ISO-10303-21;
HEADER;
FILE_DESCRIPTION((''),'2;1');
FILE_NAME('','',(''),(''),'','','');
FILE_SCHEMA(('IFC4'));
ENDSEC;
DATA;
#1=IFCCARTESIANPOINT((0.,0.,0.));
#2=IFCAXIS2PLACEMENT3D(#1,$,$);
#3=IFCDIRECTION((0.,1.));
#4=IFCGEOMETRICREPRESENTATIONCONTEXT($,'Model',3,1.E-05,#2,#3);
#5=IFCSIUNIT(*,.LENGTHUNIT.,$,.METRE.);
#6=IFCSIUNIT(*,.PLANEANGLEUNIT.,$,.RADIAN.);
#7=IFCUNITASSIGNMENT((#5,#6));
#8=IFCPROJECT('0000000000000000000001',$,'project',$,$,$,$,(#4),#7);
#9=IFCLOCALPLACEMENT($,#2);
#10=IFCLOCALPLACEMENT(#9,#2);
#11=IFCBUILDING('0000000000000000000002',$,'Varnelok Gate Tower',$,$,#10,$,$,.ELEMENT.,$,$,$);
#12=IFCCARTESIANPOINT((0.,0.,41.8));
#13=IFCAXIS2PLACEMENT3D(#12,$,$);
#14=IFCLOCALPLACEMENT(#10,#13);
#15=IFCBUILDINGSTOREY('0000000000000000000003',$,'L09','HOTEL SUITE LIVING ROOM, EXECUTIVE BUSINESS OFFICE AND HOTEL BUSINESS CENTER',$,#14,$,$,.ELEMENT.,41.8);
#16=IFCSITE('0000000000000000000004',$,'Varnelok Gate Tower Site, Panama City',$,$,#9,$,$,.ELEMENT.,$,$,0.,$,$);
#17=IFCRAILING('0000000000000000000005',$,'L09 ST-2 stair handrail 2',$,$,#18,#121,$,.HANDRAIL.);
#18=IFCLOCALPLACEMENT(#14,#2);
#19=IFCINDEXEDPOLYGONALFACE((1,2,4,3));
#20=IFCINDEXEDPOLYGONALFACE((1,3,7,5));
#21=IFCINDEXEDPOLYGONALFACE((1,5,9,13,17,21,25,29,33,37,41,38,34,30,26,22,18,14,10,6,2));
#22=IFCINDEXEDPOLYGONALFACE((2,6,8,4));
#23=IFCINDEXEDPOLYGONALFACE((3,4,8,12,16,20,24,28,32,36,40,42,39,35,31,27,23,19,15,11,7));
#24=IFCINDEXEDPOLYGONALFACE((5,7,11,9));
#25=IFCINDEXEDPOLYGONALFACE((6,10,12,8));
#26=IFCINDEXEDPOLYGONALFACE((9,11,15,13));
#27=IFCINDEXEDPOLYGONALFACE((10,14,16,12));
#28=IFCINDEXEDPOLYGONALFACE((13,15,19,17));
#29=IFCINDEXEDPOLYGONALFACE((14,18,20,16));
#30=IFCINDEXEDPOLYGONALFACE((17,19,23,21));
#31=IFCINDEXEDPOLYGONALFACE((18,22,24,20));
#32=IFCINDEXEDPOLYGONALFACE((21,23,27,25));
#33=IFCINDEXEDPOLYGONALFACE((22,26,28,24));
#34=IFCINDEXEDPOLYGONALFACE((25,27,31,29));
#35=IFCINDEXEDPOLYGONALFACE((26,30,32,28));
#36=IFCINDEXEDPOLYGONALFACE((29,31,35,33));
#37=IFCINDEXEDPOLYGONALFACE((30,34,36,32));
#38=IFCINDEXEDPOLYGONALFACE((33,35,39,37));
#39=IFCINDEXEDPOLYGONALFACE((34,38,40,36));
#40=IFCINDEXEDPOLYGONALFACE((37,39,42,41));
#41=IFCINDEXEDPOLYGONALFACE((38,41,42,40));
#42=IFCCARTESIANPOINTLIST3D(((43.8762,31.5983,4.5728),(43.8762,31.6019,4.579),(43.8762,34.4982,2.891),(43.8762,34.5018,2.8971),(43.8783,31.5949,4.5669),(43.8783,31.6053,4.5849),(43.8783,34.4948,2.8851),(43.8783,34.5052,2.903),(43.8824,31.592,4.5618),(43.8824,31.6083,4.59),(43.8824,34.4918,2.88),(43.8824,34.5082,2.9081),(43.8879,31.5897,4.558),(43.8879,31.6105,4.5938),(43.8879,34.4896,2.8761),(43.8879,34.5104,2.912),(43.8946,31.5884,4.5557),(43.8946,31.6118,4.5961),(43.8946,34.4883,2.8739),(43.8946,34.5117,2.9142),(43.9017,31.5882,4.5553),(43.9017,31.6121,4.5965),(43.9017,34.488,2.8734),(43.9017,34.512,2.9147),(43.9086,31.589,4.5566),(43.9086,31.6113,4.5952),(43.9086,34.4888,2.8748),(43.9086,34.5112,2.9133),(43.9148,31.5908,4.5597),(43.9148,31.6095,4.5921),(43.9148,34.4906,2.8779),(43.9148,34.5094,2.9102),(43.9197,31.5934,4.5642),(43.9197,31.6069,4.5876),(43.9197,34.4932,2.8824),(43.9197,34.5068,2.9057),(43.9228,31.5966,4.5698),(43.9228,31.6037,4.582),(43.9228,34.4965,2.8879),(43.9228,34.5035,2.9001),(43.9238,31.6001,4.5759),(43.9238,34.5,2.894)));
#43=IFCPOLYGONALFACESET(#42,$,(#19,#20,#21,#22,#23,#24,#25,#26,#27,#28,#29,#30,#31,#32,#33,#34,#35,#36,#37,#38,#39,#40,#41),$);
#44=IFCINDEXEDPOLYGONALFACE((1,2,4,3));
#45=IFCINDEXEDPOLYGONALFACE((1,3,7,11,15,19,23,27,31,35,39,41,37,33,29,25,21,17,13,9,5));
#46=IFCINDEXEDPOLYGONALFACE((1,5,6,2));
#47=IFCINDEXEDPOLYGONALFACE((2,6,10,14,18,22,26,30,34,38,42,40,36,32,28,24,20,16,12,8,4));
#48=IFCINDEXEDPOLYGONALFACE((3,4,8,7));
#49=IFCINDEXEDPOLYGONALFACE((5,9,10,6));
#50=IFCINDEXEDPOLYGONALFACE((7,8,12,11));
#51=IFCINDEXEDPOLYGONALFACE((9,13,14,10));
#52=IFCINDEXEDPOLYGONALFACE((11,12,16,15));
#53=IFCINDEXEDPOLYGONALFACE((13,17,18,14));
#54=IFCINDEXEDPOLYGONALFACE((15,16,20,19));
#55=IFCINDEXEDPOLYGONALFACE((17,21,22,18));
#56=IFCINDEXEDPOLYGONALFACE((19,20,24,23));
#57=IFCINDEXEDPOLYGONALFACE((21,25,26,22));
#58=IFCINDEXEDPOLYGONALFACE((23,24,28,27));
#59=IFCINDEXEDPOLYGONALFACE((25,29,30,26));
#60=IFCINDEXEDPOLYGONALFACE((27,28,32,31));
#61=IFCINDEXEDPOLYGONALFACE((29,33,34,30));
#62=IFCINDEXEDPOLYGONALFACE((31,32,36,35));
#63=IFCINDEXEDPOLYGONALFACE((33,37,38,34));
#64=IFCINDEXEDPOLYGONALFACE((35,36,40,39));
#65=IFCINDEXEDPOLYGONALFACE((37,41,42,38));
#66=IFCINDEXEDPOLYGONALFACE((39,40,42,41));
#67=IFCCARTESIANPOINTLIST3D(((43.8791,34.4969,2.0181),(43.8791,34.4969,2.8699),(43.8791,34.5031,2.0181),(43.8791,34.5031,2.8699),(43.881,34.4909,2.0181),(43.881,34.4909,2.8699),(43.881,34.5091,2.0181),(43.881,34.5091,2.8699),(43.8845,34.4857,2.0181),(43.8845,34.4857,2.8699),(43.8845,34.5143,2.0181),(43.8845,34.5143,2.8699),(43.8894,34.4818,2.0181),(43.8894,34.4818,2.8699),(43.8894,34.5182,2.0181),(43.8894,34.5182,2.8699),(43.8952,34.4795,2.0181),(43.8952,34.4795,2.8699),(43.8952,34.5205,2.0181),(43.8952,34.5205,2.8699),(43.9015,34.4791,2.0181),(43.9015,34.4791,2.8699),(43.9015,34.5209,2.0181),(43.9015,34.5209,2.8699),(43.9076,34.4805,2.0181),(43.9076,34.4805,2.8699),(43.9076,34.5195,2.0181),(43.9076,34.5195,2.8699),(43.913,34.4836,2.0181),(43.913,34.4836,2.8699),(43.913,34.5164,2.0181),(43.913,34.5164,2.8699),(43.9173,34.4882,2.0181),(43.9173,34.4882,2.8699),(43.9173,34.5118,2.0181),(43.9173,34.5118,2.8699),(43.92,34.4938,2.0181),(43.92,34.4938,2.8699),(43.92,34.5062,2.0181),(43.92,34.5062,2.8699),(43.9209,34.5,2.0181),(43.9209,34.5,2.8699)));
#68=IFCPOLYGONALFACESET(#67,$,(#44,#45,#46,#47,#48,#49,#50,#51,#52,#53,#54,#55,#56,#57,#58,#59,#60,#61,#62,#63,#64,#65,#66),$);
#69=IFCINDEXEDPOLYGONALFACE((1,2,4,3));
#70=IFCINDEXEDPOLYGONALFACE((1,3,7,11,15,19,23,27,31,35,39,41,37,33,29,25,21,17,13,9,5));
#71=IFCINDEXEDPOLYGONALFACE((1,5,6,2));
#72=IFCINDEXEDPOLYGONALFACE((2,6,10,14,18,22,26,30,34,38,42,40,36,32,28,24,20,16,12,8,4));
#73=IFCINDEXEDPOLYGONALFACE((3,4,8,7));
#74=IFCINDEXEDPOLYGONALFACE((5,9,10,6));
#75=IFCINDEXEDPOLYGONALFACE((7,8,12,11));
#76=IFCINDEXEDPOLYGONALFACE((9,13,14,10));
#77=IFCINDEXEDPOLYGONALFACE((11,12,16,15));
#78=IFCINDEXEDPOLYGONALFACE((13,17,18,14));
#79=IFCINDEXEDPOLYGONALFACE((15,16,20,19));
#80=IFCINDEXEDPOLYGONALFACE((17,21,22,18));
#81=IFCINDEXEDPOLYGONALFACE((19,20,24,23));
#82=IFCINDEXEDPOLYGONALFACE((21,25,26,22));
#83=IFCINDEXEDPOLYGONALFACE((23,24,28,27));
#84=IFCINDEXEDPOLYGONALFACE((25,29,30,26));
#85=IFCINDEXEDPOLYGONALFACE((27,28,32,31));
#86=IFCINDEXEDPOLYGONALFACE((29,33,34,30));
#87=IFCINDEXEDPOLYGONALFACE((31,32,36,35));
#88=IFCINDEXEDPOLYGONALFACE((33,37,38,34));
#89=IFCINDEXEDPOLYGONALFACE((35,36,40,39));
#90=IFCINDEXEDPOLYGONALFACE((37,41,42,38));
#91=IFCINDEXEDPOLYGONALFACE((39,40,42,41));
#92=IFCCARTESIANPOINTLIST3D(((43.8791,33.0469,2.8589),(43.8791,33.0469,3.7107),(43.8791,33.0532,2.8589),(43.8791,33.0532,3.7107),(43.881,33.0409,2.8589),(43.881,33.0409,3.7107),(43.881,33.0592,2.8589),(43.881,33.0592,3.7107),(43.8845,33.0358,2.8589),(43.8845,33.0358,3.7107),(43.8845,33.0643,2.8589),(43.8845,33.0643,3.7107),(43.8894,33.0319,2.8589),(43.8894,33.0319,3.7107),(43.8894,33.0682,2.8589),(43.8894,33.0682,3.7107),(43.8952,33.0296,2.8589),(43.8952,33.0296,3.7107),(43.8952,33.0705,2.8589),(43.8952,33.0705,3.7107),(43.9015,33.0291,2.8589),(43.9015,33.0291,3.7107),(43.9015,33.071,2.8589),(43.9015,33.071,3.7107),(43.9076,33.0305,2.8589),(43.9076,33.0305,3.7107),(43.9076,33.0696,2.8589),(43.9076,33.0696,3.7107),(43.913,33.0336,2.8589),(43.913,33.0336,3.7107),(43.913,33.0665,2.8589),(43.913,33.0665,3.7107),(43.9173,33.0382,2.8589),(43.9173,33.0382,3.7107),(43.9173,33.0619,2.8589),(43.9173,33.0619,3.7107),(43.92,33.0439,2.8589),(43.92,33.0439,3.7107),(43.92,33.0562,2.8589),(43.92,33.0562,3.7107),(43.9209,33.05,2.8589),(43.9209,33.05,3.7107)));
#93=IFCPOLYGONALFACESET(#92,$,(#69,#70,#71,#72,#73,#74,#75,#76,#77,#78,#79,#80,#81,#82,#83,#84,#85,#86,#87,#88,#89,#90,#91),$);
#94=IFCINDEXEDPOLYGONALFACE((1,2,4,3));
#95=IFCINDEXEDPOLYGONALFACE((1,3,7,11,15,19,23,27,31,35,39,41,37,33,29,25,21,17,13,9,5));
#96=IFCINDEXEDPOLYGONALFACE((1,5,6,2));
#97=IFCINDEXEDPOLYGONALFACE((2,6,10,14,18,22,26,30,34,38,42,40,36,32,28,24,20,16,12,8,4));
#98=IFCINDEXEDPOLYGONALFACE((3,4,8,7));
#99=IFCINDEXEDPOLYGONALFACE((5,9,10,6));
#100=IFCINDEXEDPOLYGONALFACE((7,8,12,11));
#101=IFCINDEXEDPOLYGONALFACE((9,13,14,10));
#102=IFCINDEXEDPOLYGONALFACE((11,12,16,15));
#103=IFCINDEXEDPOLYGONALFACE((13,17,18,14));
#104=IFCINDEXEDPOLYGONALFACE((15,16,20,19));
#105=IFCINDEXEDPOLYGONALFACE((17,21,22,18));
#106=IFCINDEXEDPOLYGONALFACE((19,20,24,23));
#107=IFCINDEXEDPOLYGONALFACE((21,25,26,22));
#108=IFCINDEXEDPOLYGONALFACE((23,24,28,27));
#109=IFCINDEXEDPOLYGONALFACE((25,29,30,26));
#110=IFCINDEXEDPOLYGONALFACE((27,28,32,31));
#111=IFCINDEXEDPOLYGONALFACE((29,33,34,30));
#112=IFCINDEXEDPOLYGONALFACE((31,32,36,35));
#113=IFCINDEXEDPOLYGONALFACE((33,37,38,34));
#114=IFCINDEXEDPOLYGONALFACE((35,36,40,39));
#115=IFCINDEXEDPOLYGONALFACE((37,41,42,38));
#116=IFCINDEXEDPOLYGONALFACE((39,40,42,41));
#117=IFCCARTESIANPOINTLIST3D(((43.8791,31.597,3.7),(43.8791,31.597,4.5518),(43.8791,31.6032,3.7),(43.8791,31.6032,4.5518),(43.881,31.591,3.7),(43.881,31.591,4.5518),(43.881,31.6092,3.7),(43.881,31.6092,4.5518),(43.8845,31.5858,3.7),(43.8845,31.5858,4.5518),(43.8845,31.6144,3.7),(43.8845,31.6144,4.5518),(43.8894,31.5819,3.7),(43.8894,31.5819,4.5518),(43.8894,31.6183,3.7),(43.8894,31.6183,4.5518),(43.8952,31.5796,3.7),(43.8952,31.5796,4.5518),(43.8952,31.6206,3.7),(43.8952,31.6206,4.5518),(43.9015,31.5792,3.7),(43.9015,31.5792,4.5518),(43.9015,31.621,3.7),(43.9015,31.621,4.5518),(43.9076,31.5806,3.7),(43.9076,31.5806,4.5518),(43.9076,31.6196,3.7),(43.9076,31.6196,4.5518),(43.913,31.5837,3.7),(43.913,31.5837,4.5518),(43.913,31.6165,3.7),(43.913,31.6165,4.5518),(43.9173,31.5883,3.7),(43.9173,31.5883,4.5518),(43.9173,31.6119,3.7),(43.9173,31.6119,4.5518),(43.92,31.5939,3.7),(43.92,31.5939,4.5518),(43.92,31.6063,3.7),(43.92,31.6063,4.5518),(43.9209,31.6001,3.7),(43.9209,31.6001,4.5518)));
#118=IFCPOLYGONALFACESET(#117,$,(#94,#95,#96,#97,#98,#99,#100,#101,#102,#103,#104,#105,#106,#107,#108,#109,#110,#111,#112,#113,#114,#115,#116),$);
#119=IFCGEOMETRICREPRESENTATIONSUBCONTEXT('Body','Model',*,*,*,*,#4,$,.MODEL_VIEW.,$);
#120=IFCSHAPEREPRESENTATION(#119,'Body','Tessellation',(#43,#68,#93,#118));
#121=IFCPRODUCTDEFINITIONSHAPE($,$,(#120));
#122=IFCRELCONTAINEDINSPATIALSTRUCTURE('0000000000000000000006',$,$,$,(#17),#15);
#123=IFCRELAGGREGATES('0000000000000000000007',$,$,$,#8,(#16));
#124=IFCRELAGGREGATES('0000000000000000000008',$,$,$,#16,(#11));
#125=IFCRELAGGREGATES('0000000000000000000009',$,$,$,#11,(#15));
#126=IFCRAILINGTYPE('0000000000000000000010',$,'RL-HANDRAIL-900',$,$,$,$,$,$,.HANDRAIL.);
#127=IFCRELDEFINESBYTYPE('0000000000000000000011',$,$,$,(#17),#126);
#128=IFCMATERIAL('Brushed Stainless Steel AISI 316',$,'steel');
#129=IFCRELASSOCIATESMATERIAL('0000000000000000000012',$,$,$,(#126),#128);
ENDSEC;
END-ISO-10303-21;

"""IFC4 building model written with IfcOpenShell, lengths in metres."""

from ifc_helpers import new_model, si_unit, direction, frame, origin, origin_2d, place, context, subcontext, project, spatial, circle, extrude, material, type_object, element, save


model = new_model("IFC4")

# Units and contexts
model_context = context("Model", 3, precision=1e-05, world=origin(), true_north=direction((0.0, 1.0)))
body_context = subcontext(model_context, "Body", "Model", "MODEL_VIEW")
ifc_project = project(units=[si_unit("LENGTHUNIT", "METRE"), si_unit("PLANEANGLEUNIT", "RADIAN")], contexts=[model_context])

# Site, building, storey
site_placement = place(None, origin())
site = spatial("IfcSite", under=ifc_project, at=site_placement, Name="Varnelok Gate Tower Site, Panama City", CompositionType="ELEMENT", RefElevation=0.0)
building_placement = place(site_placement, origin())
building = spatial("IfcBuilding", under=site, at=building_placement, Name="Varnelok Gate Tower", CompositionType="ELEMENT")
storey_placement = place(building_placement, frame((0.0, 0.0, 41.8)))
storey = spatial("IfcBuildingStorey", under=building, at=storey_placement, Name="L09", Description="HOTEL SUITE LIVING ROOM, EXECUTIVE BUSINESS OFFICE AND HOTEL BUSINESS CENTER", CompositionType="ELEMENT", Elevation=41.8)

# Railing
ifc_material_1 = material(Name="Brushed Stainless Steel AISI 316", Category="steel")
railing_type_1 = type_object("IfcRailingType", Name="RL-HANDRAIL-900", PredefinedType="HANDRAIL", material=ifc_material_1)
railing_1_placement = place(storey_placement, frame((43.8999, 34.5, 2.0181)))
element("IfcRailing", 1, at=railing_1_placement, inside=storey, type_object=railing_type_1, Name="L09 ST-2 stair handrail 2", PredefinedType="HANDRAIL", context=body_context, shape_type="SweptSolid", body=[
    extrude(circle(Radius=0.0239, at=origin_2d()), frame((0.0, 0.0, 0.876), z_axis=(0.0, -0.865039, 0.501705), x_axis=(1.0, 0.0, 0.0)), (0.0, 0.0, 1.0), 3.3523),
    extrude(circle(Radius=0.021, at=origin_2d()), origin(), (0.0, 0.0, 1.0), 0.8518),
    extrude(circle(Radius=0.021, at=origin_2d()), frame((0.0, -1.45, 0.8408)), (0.0, 0.0, 1.0), 0.8518),
    extrude(circle(Radius=0.021, at=origin_2d()), frame((0.0, -2.8999, 1.6819)), (0.0, 0.0, 1.0), 0.8518),
])

save(model, "model.ifc")
